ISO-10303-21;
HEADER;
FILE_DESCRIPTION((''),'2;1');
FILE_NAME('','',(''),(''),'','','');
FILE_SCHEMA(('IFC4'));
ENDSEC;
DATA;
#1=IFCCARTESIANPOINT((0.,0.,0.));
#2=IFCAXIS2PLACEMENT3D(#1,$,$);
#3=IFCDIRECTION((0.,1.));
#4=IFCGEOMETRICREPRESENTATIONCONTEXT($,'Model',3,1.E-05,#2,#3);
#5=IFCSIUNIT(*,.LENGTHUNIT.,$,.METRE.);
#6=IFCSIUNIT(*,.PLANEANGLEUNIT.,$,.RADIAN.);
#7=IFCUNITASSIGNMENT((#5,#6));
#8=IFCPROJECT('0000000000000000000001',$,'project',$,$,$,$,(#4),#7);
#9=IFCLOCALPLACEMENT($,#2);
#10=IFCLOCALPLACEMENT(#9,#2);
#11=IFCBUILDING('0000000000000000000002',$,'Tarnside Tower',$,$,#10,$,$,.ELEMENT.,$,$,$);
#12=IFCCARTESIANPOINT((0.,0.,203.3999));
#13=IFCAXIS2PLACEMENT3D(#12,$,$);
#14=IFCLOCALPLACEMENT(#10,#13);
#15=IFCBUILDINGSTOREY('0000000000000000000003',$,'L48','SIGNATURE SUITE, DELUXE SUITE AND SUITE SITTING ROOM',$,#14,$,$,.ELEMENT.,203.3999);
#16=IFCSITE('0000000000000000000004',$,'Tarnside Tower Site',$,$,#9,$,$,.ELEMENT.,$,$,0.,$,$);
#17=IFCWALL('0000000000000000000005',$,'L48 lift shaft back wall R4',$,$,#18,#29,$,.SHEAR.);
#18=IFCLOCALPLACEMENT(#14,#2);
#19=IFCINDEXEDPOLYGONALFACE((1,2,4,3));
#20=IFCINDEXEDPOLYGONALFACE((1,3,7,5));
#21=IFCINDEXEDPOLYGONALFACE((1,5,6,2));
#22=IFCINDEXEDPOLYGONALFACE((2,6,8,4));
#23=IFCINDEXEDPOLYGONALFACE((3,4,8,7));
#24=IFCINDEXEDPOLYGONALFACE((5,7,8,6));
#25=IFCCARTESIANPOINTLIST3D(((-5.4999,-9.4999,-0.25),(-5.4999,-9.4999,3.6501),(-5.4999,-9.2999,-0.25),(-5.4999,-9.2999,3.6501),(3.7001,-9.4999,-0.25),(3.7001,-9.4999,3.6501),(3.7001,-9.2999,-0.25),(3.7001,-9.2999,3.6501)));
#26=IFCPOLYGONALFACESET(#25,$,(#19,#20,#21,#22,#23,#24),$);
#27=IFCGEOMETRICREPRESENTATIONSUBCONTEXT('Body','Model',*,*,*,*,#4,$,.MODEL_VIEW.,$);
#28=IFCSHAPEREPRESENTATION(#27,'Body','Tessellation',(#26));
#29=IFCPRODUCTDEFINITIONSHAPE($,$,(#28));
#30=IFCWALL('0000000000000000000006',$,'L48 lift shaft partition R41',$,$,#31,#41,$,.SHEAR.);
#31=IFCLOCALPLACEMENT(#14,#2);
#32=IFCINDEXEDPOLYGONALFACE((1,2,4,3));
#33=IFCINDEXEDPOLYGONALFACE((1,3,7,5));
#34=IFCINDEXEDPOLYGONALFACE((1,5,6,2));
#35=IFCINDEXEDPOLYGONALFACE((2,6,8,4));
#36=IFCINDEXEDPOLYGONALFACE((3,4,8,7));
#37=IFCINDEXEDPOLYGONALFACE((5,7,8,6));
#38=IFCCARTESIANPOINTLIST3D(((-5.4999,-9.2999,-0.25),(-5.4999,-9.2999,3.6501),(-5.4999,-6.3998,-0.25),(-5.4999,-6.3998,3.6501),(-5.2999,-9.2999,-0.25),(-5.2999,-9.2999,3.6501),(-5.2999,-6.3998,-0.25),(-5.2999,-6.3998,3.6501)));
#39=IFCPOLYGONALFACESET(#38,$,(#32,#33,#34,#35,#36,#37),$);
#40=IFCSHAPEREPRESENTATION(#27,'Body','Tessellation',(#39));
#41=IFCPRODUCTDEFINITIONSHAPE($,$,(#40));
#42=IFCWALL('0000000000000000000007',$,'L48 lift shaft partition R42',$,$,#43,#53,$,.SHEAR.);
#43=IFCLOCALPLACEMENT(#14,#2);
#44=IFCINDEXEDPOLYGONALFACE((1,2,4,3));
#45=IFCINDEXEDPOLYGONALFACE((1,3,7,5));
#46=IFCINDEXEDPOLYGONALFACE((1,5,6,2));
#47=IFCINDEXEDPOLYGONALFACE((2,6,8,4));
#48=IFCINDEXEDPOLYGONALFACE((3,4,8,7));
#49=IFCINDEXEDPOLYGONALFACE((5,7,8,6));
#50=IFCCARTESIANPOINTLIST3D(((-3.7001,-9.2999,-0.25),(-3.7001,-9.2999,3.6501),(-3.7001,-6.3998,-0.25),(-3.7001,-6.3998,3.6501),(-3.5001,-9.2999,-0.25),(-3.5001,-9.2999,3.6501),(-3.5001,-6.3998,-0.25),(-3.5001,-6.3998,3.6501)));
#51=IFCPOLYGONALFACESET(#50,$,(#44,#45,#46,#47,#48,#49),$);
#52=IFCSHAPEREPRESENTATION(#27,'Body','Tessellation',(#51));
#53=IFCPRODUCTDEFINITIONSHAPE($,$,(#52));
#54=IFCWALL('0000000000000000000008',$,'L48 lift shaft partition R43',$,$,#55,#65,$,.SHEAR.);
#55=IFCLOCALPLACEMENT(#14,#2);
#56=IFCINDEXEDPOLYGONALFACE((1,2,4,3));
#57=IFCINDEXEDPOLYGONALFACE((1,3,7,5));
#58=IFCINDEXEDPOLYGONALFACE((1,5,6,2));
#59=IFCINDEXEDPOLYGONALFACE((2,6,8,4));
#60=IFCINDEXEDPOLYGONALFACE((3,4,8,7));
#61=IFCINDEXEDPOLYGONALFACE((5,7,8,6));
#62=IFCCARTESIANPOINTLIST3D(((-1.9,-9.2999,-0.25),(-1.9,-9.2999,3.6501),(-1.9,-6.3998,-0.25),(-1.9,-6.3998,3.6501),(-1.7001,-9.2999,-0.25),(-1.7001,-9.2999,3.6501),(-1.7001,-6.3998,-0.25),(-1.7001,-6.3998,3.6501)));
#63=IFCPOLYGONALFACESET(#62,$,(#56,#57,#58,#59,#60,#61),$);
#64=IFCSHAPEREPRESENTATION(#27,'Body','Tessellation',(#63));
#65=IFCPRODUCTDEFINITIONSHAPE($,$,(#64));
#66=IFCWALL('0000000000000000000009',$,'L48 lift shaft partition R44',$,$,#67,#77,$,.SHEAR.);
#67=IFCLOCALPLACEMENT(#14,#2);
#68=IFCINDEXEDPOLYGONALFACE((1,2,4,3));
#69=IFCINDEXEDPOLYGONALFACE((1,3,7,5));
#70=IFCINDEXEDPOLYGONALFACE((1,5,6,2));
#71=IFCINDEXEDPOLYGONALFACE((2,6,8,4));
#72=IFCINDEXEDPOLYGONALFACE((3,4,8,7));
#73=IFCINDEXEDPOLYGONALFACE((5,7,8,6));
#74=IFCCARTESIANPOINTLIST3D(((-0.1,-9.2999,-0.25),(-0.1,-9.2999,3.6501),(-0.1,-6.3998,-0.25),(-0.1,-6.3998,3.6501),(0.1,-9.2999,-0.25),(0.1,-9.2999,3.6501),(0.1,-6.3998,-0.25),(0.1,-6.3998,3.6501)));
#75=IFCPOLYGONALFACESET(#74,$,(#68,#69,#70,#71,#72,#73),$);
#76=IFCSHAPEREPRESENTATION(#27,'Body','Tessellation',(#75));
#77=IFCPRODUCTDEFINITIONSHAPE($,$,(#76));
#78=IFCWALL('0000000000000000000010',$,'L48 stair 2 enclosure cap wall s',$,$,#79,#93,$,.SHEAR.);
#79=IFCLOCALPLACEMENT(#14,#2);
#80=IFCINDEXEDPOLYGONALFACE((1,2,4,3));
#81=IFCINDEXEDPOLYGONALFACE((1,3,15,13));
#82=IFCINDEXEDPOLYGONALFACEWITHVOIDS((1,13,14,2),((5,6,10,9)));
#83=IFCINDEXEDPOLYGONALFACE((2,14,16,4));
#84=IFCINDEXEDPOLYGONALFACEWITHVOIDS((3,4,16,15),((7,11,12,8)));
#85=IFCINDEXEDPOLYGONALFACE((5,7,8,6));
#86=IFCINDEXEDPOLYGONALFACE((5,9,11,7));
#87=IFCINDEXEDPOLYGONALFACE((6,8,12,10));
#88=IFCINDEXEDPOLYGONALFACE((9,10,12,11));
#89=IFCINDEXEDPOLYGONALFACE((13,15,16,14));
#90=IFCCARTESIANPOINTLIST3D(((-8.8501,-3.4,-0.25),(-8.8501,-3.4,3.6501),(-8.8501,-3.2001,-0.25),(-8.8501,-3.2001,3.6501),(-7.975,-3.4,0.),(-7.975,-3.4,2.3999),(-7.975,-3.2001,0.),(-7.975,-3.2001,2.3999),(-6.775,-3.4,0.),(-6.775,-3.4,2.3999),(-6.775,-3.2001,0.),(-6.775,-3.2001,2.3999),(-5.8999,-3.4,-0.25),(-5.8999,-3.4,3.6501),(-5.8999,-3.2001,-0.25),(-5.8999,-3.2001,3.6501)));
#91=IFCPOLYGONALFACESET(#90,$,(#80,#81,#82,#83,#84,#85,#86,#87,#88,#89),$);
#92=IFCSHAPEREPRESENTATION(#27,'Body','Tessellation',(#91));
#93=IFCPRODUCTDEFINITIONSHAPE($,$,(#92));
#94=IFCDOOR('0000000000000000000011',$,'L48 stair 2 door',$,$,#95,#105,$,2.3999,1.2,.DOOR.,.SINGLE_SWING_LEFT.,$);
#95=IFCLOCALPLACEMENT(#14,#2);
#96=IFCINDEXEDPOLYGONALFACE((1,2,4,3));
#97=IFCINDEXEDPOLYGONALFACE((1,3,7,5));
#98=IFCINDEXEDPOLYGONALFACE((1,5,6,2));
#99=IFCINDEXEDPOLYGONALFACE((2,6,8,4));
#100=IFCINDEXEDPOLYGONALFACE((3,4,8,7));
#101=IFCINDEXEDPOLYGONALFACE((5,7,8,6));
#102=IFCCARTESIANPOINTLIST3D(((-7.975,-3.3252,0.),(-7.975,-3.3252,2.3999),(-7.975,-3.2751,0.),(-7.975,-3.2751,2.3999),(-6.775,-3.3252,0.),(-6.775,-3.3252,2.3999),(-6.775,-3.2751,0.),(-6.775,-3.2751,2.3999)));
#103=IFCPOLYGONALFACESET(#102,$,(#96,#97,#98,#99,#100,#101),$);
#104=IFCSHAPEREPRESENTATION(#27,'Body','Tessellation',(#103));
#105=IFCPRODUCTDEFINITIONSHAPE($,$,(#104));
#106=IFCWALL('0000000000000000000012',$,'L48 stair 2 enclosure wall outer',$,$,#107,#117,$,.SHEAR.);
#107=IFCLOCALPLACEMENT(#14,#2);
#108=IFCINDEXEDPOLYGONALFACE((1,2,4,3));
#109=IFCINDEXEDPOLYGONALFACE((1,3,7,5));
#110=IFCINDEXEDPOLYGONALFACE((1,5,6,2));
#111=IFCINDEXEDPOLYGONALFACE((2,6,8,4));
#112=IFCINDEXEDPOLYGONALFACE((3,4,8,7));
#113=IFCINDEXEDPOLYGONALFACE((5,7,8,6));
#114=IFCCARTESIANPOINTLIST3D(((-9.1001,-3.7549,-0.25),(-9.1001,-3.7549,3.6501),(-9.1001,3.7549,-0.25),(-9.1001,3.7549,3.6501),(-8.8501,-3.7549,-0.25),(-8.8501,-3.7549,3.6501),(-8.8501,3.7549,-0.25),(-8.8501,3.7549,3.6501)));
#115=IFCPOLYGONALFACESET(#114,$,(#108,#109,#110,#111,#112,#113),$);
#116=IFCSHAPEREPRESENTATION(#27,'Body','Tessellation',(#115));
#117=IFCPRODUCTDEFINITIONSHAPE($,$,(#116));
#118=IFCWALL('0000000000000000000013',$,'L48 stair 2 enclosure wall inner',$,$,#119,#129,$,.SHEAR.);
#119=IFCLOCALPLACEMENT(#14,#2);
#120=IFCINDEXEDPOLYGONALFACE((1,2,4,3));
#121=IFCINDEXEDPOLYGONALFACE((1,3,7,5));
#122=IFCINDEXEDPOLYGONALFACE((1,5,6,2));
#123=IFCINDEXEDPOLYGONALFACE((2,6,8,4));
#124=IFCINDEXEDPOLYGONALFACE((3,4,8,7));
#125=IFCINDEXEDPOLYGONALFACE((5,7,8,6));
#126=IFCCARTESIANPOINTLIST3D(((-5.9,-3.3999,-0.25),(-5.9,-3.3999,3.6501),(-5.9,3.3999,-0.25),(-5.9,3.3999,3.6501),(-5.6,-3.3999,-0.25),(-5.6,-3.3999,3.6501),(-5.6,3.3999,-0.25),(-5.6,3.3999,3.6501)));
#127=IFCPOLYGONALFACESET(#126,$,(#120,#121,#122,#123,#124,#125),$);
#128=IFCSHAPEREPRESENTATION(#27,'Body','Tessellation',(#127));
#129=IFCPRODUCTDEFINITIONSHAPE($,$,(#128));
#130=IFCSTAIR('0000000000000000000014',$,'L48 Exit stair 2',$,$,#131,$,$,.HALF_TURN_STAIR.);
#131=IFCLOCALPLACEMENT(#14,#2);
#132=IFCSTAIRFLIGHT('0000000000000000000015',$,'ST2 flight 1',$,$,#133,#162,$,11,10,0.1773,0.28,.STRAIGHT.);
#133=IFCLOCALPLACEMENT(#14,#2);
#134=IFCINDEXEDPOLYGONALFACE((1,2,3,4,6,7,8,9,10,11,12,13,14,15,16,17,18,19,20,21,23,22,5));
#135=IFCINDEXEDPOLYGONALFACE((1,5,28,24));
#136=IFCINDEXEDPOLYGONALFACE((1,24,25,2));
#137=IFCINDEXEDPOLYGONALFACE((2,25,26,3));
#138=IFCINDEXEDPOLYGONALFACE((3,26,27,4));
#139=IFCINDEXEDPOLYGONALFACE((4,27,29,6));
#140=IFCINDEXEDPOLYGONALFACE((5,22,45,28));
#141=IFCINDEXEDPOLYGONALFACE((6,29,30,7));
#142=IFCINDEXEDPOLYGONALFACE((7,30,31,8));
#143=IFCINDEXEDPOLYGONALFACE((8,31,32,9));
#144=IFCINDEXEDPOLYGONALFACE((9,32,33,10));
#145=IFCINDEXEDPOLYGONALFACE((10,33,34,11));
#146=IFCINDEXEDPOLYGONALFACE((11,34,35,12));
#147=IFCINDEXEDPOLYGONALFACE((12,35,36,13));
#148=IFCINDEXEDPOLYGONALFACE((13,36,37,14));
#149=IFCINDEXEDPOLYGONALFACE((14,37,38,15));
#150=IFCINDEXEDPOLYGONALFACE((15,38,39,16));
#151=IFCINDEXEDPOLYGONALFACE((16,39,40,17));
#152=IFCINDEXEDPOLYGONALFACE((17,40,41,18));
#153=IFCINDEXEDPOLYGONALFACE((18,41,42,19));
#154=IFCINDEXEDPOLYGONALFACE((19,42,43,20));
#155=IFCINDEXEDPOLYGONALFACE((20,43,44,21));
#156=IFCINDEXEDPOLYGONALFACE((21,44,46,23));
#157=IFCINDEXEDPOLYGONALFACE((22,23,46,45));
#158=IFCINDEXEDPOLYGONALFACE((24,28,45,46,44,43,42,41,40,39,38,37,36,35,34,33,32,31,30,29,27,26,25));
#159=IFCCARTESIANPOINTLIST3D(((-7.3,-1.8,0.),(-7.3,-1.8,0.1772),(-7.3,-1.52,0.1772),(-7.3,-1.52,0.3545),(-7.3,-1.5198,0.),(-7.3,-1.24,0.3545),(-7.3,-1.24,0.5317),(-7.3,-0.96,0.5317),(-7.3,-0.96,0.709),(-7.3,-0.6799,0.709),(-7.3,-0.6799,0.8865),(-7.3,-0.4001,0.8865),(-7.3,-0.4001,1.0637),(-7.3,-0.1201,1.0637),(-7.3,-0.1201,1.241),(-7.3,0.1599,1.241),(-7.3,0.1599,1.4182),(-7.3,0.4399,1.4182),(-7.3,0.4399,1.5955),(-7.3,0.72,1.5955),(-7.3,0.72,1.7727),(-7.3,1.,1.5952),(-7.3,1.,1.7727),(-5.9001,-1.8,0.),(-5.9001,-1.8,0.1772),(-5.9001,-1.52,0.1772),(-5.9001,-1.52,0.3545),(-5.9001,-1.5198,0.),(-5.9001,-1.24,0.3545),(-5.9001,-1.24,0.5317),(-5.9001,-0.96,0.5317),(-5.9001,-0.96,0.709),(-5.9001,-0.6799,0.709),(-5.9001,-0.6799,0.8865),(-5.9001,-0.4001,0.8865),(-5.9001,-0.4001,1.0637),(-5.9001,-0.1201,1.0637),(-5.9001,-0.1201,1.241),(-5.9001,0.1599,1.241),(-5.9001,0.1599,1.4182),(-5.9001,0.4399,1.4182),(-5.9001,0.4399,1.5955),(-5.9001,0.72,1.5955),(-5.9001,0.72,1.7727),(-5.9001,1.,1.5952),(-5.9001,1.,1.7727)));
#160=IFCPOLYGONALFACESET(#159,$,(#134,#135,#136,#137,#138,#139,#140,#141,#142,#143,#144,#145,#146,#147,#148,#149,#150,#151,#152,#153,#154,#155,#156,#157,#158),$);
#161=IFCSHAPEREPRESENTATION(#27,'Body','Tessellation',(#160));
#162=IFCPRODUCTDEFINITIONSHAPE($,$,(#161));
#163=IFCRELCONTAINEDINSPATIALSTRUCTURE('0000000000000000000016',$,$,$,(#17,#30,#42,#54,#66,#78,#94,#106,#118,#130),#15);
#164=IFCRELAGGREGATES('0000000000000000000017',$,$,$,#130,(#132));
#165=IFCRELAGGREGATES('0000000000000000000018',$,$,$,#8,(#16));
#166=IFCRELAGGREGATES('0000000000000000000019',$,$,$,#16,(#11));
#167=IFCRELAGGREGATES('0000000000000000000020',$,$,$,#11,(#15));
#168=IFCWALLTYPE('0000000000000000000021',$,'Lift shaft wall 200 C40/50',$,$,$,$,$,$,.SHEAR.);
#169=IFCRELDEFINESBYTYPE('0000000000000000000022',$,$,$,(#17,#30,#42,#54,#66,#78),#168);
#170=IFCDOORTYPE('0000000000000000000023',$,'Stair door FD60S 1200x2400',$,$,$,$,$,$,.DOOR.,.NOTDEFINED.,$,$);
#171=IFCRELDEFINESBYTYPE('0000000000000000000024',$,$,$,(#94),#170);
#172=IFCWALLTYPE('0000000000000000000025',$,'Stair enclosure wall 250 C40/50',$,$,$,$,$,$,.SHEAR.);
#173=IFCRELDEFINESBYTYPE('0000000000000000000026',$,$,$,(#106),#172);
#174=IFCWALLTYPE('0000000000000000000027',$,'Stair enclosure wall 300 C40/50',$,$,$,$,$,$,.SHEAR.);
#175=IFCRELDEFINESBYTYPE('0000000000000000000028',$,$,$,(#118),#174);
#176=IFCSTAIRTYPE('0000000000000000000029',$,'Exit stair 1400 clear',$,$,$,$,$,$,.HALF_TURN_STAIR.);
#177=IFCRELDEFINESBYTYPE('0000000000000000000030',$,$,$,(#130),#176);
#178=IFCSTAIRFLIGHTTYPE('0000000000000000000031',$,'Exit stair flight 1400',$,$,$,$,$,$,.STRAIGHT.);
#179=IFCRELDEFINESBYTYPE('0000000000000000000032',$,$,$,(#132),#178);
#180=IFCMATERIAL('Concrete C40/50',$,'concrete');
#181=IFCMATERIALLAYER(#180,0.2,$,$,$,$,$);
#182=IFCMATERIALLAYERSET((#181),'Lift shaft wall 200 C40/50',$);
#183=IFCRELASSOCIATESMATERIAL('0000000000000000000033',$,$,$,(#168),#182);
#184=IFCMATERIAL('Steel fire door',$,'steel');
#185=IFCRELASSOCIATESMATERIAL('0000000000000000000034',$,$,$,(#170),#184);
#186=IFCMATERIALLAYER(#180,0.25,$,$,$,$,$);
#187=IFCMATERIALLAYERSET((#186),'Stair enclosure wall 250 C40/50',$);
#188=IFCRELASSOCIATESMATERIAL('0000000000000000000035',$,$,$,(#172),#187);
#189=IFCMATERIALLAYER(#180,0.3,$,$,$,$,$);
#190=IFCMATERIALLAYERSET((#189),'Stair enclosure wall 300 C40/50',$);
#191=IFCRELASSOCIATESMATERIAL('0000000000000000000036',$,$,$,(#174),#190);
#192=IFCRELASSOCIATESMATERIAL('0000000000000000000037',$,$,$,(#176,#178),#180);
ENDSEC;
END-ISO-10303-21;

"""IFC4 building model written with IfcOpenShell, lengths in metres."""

from ifc_helpers import new_model, si_unit, direction, frame, frame_2d, origin, place, context, subcontext, project, spatial, polyline, rectangle, outline, extrude, material, layer, layer_set, type_object, element, fill, aggregate, save


model = new_model("IFC4")

# Units and contexts
model_context = context("Model", 3, precision=1e-05, world=origin(), true_north=direction((0.0, 1.0)))
body_context = subcontext(model_context, "Body", "Model", "MODEL_VIEW")
ifc_project = project(units=[si_unit("LENGTHUNIT", "METRE"), si_unit("PLANEANGLEUNIT", "RADIAN")], contexts=[model_context])

# Site, building, storey
site_placement = place(None, origin())
site = spatial("IfcSite", under=ifc_project, at=site_placement, Name="Tarnside Tower Site", CompositionType="ELEMENT", RefElevation=0.0)
building_placement = place(site_placement, origin())
building = spatial("IfcBuilding", under=site, at=building_placement, Name="Tarnside Tower", CompositionType="ELEMENT")
storey_placement = place(building_placement, frame((0.0, 0.0, 203.3999)))
storey = spatial("IfcBuildingStorey", under=building, at=storey_placement, Name="L48", Description="SIGNATURE SUITE, DELUXE SUITE AND SUITE SITTING ROOM", CompositionType="ELEMENT", Elevation=203.3999)

# Shared definitions
ifc_material_1 = material(Name="Concrete C40/50", Category="concrete")

# Shared definitions
ifc_layer_1 = layer(ifc_material_1, 0.2)
ifc_layer_set_1 = layer_set([ifc_layer_1], Name="Lift shaft wall 200 C40/50")
wall_type_1 = type_object("IfcWallType", Name="Lift shaft wall 200 C40/50", PredefinedType="SHEAR", material=ifc_layer_set_1)

# Walls
wall_1_placement = place(storey_placement, frame((-5.5, -9.3999, -0.25), z_axis=(0.0, 0.0, 1.0), x_axis=(1.0, 0.0, 0.0)))
element("IfcWall", 1, at=wall_1_placement, inside=storey, type_object=wall_type_1, Name="L48 lift shaft back wall R4", PredefinedType="SHEAR", context=body_context, shape_type="SweptSolid", body=[
    extrude(rectangle(XDim=9.2, YDim=0.2, at=frame_2d((4.6001, 0.0))), origin(), (0.0, 0.0, 1.0), 3.9001),
])
for number, where, z_axis, x_axis, name in (
    (2, (-5.3999, -9.3, -0.25), (0.0, 0.0, 1.0), (0.0, 1.0, 0.0), "L48 lift shaft partition R41"),
    (3, (-3.6001, -9.3, -0.25), (0.0, 0.0, 1.0), (0.0, 1.0, 0.0), "L48 lift shaft partition R42"),
    (4, (-1.8, -9.3, -0.25), (0.0, 0.0, 1.0), (0.0, 1.0, 0.0), "L48 lift shaft partition R43"),
    (5, (0.0, -9.3, -0.25), (0.0, 0.0, 1.0), (0.0, 1.0, 0.0), "L48 lift shaft partition R44"),
):
    element("IfcWall", number, at=place(storey_placement, frame(where, z_axis=z_axis, x_axis=x_axis)), inside=storey, type_object=wall_type_1, Name=name, PredefinedType="SHEAR", context=body_context, shape_type="SweptSolid", body=[
        extrude(rectangle(XDim=2.9001, YDim=0.2, at=frame_2d((1.4502, 0.0))), origin(), (0.0, 0.0, 1.0), 3.9001),
    ])

# Wall, opening, door
wall_2_placement = place(storey_placement, frame((-8.8501, -3.3, -0.25), z_axis=(0.0, 0.0, 1.0), x_axis=(1.0, 0.0, 0.0)))
wall_2 = element("IfcWall", 6, at=wall_2_placement, inside=storey, type_object=wall_type_1, Name="L48 stair 2 enclosure cap wall s", PredefinedType="SHEAR", context=body_context, shape_type="SweptSolid", body=[
    extrude(rectangle(XDim=2.9502, YDim=0.2, at=frame_2d((1.4751, 0.0))), origin(), (0.0, 0.0, 1.0), 3.9001),
])
opening_1_placement = place(wall_2_placement, frame((0.875, 0.0, 0.25)))
opening_1 = element("IfcOpeningElement", 7, at=opening_1_placement, cuts=wall_2, PredefinedType="OPENING", context=body_context, shape_type="SweptSolid", body=[
    extrude(rectangle(XDim=1.2, YDim=2.3999, at=frame_2d((0.6001, 1.2))), frame((0.0, 0.1099, 0.0), z_axis=(0.0, -1.0, 0.0), x_axis=(1.0, 0.0, 0.0)), (0.0, 0.0, 1.0), 0.22),
])
ifc_material_2 = material(Name="Steel fire door", Category="steel")
door_type_1 = type_object("IfcDoorType", Name="Stair door FD60S 1200x2400", OperationType="NOTDEFINED", PredefinedType="DOOR", material=ifc_material_2)
door_1_placement = place(opening_1_placement, origin())
door_1 = element("IfcDoor", 8, at=door_1_placement, inside=storey, type_object=door_type_1, Name="L48 stair 2 door", OperationType="SINGLE_SWING_LEFT", OverallHeight=2.3999, OverallWidth=1.2, PredefinedType="DOOR", context=body_context, shape_type="SweptSolid", body=[
    extrude(rectangle(XDim=1.2, YDim=2.3999, at=frame_2d((0.6001, 1.2))), frame((0.0, 0.0249, 0.0), z_axis=(0.0, -1.0, 0.0), x_axis=(1.0, 0.0, 0.0)), (0.0, 0.0, 1.0), 0.05),
])
fill(opening_1, door_1)

# Walls
ifc_layer_2 = layer(ifc_material_1, 0.25)
ifc_layer_set_2 = layer_set([ifc_layer_2], Name="Stair enclosure wall 250 C40/50")
wall_type_2 = type_object("IfcWallType", Name="Stair enclosure wall 250 C40/50", PredefinedType="SHEAR", material=ifc_layer_set_2)
wall_3_placement = place(storey_placement, frame((-8.9751, -3.7549, -0.25), z_axis=(0.0, 0.0, 1.0), x_axis=(0.0, 1.0, 0.0)))
element("IfcWall", 9, at=wall_3_placement, inside=storey, type_object=wall_type_2, Name="L48 stair 2 enclosure wall outer", PredefinedType="SHEAR", context=body_context, shape_type="SweptSolid", body=[
    extrude(rectangle(XDim=7.5098, YDim=0.25, at=frame_2d((3.7549, 0.0))), origin(), (0.0, 0.0, 1.0), 3.9001),
])
ifc_layer_3 = layer(ifc_material_1, 0.3)
ifc_layer_set_3 = layer_set([ifc_layer_3], Name="Stair enclosure wall 300 C40/50")
wall_type_3 = type_object("IfcWallType", Name="Stair enclosure wall 300 C40/50", PredefinedType="SHEAR", material=ifc_layer_set_3)
wall_4_placement = place(storey_placement, frame((-5.75, -3.3999, -0.25), z_axis=(0.0, 0.0, 1.0), x_axis=(0.0, 1.0, 0.0)))
element("IfcWall", 10, at=wall_4_placement, inside=storey, type_object=wall_type_3, Name="L48 stair 2 enclosure wall inner", PredefinedType="SHEAR", context=body_context, shape_type="SweptSolid", body=[
    extrude(rectangle(XDim=6.7998, YDim=0.3, at=frame_2d((3.3999, 0.0))), origin(), (0.0, 0.0, 1.0), 3.9001),
])

# Stair, stair flight
stair_type = type_object("IfcStairType", Name="Exit stair 1400 clear", PredefinedType="HALF_TURN_STAIR", material=ifc_material_1)
stair_placement = place(storey_placement, origin())
stair = element("IfcStair", 11, at=stair_placement, inside=storey, type_object=stair_type, Name="L48 Exit stair 2", PredefinedType="HALF_TURN_STAIR")
stair_flight_type = type_object("IfcStairFlightType", Name="Exit stair flight 1400", PredefinedType="STRAIGHT", material=ifc_material_1)
stair_flight_placement = place(storey_placement, frame((-6.6001, -1.8, 0.0), z_axis=(0.0, 0.0, 1.0), x_axis=(0.0, 1.0, 0.0)))
stair_flight = element("IfcStairFlight", 12, at=stair_flight_placement, type_object=stair_flight_type, Name="ST2 flight 1", NumberOfRisers=11, NumberOfTreads=10, PredefinedType="STRAIGHT", RiserHeight=0.1773, TreadLength=0.28, context=body_context, shape_type="SweptSolid", body=[
    extrude(outline(polyline([(0.0, 0.0), (0.0, 0.1772), (0.28, 0.1772), (0.28, 0.3545), (0.5601, 0.3545), (0.5601, 0.5317), (0.8401, 0.5317), (0.8401, 0.709), (1.1201, 0.709), (1.1201, 0.8865), (1.3999, 0.8865), (1.3999, 1.0637), (1.6799, 1.0637), (1.6799, 1.241), (1.96, 1.241), (1.96, 1.4182), (2.24, 1.4182), (2.24, 1.5955), (2.52, 1.5955), (2.52, 1.7727), (2.8, 1.7727), (2.8, 1.95), (2.8, 1.5952), (0.2803, 0.0), (0.0, 0.0)])), frame((0.0, 0.7, 0.0), z_axis=(0.0, -1.0, 0.0), x_axis=(1.0, 0.0, 0.0)), (0.0, 0.0, 1.0), 1.3999),
])
aggregate(stair, [stair_flight])

save(model, "model.ifc")
